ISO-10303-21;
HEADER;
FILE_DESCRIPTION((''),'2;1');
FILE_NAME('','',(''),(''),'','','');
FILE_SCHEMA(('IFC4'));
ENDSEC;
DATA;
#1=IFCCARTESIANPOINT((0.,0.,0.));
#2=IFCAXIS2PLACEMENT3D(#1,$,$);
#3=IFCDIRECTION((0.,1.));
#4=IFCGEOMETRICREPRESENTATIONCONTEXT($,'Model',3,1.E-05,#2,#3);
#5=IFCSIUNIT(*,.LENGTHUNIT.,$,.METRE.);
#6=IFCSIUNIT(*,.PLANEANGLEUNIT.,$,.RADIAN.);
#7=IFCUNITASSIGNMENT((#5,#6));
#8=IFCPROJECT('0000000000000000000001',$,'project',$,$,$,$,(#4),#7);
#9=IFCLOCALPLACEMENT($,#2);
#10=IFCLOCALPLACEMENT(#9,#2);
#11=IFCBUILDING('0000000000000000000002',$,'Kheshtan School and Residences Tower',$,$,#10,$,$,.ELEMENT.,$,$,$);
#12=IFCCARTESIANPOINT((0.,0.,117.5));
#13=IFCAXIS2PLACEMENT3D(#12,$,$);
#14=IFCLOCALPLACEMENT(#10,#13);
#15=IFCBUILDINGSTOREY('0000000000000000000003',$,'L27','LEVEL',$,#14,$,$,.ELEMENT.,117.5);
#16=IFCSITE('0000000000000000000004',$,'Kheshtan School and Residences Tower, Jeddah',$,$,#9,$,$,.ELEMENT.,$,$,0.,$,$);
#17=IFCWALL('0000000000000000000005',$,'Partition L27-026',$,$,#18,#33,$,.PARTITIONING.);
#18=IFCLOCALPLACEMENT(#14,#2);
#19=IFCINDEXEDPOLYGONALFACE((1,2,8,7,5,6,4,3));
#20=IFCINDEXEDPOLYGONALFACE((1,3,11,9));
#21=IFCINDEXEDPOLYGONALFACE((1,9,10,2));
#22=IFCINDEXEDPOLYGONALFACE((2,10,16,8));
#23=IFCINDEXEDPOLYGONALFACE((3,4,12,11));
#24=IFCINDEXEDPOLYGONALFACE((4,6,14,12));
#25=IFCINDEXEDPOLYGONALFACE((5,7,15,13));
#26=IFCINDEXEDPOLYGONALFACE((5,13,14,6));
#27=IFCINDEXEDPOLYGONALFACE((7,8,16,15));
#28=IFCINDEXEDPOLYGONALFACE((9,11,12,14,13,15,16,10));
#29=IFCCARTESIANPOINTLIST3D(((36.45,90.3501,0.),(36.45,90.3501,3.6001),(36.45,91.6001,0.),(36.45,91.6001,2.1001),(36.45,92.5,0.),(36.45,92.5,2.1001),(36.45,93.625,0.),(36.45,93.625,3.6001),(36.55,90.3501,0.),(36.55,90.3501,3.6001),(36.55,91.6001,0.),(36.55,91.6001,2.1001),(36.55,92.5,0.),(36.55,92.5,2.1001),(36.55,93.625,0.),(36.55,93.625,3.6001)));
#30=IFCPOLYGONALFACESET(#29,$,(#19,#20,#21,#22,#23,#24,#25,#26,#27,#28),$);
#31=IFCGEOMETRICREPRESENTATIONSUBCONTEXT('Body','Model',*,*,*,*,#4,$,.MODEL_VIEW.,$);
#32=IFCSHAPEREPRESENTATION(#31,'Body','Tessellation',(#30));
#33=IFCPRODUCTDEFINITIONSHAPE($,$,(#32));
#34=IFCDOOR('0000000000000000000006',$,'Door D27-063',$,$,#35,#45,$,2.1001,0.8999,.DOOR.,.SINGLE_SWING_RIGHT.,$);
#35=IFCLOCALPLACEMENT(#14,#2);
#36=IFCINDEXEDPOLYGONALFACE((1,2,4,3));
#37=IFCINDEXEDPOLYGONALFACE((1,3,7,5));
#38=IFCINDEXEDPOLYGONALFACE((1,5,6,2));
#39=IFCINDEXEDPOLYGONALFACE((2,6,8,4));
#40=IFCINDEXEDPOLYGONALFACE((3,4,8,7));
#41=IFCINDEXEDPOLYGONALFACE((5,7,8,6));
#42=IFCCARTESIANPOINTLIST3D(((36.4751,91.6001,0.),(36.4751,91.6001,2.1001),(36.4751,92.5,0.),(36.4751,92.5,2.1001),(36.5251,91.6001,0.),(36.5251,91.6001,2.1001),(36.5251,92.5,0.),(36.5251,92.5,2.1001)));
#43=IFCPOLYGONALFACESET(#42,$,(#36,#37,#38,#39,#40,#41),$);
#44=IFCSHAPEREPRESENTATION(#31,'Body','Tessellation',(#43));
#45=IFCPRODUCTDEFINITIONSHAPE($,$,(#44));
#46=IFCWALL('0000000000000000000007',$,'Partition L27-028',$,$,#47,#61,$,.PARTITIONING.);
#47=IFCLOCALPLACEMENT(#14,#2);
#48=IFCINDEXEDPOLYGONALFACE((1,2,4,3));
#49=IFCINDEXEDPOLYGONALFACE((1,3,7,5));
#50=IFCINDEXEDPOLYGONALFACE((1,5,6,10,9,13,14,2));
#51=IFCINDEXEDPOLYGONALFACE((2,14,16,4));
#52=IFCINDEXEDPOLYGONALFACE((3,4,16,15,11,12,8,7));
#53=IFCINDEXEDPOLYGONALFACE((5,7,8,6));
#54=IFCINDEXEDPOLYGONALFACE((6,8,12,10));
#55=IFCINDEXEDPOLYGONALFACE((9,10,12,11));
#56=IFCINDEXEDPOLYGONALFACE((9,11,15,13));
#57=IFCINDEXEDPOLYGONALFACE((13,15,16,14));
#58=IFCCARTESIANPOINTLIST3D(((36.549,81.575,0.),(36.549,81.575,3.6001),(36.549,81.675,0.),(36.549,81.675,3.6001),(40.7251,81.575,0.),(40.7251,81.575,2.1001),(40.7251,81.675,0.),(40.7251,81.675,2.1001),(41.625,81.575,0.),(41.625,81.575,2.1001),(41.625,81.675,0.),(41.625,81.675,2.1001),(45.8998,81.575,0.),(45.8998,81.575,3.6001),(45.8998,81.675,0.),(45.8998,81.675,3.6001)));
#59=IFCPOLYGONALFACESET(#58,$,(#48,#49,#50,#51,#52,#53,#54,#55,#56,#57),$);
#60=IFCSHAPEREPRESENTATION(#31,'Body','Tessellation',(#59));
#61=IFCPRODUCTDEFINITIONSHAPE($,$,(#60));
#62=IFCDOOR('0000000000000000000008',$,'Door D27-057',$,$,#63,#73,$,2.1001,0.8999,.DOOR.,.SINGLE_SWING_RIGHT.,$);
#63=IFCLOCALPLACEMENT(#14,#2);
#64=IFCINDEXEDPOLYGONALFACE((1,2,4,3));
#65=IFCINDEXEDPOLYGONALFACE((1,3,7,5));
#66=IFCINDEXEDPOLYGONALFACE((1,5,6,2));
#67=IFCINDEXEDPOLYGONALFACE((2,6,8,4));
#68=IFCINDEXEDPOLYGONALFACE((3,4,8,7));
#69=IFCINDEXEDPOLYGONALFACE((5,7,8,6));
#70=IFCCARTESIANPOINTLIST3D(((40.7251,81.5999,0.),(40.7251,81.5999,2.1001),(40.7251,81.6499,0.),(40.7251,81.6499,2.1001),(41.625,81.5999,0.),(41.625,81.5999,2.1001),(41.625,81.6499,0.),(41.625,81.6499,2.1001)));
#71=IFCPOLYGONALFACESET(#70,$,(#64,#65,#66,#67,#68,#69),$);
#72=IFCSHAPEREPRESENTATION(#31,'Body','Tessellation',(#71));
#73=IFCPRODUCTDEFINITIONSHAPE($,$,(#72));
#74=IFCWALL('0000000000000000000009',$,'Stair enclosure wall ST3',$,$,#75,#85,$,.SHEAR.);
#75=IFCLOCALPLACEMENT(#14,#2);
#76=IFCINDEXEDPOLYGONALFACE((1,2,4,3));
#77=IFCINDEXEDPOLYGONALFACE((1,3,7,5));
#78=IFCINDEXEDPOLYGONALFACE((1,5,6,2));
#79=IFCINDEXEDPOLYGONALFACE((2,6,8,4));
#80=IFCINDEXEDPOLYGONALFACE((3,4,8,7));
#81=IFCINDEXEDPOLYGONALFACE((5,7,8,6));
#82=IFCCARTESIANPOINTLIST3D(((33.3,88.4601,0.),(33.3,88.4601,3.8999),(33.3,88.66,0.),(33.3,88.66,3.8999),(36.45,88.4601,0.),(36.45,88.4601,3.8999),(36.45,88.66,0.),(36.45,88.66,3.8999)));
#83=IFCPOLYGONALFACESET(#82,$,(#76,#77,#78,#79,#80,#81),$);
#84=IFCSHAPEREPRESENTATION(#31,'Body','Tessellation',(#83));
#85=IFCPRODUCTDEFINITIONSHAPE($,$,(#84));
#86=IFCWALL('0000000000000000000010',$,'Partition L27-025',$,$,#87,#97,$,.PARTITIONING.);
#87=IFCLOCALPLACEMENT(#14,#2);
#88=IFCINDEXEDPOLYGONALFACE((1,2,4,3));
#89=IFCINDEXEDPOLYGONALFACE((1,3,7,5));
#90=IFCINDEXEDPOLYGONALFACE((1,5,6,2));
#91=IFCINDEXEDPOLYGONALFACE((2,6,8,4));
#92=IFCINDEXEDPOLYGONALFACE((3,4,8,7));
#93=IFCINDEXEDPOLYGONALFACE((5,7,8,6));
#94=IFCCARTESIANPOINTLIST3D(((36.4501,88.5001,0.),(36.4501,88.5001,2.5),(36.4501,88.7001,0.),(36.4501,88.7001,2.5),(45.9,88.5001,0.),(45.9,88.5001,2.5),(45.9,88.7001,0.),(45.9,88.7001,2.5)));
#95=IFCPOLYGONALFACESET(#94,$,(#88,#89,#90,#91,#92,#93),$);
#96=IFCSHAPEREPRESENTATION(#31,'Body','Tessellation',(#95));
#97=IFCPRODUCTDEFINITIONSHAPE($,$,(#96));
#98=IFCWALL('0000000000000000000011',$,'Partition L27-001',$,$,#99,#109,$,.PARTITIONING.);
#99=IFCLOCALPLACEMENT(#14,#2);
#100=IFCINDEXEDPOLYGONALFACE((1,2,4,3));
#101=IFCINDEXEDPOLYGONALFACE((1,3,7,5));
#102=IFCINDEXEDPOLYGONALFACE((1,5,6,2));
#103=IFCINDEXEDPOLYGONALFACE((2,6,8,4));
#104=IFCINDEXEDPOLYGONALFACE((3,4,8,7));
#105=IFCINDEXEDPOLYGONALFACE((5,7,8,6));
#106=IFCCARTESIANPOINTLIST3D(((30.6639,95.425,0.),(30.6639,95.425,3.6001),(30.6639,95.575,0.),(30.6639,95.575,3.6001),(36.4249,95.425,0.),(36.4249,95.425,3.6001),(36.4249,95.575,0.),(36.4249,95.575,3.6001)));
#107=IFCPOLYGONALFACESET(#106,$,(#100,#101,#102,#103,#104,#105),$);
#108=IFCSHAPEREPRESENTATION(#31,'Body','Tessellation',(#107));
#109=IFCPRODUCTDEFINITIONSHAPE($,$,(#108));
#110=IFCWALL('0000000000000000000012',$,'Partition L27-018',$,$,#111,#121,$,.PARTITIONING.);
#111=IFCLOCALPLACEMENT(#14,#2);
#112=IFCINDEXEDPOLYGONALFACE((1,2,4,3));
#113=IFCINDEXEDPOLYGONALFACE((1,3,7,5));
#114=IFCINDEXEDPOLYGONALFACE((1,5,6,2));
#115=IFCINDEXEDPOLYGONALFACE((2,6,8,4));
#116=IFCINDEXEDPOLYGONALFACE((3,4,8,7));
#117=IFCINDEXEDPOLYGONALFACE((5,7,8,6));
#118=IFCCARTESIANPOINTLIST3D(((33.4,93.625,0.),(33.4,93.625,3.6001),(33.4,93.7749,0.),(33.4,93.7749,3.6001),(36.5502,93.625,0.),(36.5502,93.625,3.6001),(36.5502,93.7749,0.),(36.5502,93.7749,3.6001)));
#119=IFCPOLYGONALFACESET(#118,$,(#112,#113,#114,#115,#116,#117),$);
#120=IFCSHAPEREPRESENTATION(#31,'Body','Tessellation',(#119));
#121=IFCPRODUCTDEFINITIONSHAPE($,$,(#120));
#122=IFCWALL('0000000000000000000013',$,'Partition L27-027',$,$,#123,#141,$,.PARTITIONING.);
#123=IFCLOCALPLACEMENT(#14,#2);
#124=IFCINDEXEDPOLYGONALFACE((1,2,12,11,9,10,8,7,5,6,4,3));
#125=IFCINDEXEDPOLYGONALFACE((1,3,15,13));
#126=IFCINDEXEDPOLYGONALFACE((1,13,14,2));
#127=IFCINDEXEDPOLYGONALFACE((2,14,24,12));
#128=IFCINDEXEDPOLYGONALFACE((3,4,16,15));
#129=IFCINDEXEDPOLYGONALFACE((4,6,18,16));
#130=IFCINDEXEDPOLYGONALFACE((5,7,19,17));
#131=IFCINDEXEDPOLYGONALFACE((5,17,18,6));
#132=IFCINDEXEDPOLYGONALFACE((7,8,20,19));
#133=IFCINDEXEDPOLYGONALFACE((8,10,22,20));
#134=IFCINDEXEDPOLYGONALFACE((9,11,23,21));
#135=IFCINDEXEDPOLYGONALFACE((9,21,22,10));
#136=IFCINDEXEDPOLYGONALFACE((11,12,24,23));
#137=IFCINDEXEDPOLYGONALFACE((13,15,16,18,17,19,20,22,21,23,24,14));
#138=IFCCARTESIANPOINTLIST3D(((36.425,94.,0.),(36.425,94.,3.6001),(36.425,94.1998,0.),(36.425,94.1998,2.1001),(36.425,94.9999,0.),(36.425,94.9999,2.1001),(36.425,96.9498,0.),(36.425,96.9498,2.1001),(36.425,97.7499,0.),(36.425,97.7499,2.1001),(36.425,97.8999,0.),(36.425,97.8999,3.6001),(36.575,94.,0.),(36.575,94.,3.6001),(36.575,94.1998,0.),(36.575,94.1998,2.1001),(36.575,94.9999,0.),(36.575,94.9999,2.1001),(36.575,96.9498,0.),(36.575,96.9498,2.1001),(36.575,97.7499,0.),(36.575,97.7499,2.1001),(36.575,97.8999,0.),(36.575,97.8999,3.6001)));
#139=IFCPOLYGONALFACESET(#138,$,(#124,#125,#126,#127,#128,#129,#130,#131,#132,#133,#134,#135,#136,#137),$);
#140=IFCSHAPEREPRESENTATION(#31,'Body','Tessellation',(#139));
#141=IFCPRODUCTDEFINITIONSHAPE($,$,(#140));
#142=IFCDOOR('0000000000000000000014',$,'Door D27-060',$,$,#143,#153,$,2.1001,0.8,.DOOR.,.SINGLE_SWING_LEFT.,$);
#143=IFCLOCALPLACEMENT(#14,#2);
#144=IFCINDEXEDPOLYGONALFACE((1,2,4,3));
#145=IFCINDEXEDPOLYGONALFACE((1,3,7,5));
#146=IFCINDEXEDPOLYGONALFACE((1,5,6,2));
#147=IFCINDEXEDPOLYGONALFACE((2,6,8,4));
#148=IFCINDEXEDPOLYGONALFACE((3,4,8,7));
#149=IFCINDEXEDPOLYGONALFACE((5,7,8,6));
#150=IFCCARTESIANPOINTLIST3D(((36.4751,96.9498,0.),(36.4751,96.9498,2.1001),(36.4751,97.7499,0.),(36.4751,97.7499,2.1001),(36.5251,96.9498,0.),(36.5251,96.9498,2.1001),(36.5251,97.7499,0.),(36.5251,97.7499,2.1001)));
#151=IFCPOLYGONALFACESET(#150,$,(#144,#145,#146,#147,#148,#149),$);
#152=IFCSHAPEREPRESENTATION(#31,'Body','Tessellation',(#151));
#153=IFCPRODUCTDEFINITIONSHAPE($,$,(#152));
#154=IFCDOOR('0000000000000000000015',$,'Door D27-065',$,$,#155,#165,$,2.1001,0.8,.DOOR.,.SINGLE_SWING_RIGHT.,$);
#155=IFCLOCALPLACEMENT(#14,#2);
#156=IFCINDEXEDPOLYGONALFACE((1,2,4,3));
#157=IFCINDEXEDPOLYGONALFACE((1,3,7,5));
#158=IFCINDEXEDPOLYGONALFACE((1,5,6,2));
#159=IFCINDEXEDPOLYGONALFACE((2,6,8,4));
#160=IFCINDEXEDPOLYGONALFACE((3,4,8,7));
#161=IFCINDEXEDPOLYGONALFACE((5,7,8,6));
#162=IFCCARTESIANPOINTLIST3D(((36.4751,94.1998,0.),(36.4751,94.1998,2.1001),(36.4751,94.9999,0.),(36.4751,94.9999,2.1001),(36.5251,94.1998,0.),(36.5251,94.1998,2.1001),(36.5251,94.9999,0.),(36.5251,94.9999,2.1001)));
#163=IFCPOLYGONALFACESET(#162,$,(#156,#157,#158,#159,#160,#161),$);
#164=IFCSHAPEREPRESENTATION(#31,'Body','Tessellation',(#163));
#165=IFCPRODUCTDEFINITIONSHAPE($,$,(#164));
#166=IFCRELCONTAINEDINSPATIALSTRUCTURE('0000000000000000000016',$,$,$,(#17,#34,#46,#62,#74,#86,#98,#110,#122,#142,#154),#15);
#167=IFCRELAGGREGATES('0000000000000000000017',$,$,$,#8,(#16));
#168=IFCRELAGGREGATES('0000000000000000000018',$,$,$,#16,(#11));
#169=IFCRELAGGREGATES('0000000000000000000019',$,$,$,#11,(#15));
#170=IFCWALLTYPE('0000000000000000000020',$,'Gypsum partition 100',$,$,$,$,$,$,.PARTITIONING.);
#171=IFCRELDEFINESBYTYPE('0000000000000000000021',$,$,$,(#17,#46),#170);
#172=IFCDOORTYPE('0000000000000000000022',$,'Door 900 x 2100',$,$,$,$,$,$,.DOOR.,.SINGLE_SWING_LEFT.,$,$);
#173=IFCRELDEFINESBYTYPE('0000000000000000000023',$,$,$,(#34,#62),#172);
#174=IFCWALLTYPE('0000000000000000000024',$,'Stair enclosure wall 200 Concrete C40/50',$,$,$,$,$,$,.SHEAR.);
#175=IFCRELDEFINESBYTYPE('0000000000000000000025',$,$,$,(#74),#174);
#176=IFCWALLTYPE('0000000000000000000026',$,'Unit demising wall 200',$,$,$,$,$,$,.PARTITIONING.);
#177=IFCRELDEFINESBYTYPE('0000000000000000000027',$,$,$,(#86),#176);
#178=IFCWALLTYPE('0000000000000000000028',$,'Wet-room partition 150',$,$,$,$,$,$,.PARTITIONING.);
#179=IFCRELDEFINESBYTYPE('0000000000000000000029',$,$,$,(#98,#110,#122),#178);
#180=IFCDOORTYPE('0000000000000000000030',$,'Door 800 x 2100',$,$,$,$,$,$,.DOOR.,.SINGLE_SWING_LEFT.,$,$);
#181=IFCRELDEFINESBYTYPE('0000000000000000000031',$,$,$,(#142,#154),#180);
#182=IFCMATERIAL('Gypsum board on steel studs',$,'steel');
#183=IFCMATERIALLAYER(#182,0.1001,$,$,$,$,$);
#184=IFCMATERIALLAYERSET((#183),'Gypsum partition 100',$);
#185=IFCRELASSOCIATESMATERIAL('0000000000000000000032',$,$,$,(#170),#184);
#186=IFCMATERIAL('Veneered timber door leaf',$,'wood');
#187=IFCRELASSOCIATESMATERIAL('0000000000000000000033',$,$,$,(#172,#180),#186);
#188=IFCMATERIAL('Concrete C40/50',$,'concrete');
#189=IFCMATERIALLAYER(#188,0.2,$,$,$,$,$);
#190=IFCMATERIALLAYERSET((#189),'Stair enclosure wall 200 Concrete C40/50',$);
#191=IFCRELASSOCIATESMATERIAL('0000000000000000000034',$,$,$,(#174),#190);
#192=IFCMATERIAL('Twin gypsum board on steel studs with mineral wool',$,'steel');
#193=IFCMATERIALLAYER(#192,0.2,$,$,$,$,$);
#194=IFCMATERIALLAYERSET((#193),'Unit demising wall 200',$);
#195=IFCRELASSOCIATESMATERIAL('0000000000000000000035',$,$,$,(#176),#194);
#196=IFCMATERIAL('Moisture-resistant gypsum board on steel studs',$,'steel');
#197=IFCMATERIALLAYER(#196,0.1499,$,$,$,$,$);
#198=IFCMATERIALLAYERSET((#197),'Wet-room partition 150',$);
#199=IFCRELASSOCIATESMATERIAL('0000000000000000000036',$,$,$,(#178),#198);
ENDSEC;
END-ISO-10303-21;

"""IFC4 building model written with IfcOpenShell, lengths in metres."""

from ifc_helpers import new_model, si_unit, direction, frame, frame_2d, origin, place, context, subcontext, project, spatial, rectangle, extrude, source, transform, mapped, material, layer, layer_set, type_object, element, fill, save


model = new_model("IFC4")

# Units and contexts
model_context = context("Model", 3, precision=1e-05, world=origin(), true_north=direction((0.0, 1.0)))
body_context = subcontext(model_context, "Body", "Model", "MODEL_VIEW")
ifc_project = project(units=[si_unit("LENGTHUNIT", "METRE"), si_unit("PLANEANGLEUNIT", "RADIAN")], contexts=[model_context])

# Site, building, storey
site_placement = place(None, origin())
site = spatial("IfcSite", under=ifc_project, at=site_placement, Name="Kheshtan School and Residences Tower, Jeddah", CompositionType="ELEMENT", RefElevation=0.0)
building_placement = place(site_placement, origin())
building = spatial("IfcBuilding", under=site, at=building_placement, Name="Kheshtan School and Residences Tower", CompositionType="ELEMENT")
storey_placement = place(building_placement, frame((0.0, 0.0, 117.5)))
storey = spatial("IfcBuildingStorey", under=building, at=storey_placement, Name="L27", Description="LEVEL", CompositionType="ELEMENT", Elevation=117.5)

# Shared definitions
ifc_material_1 = material(Name="Gypsum board on steel studs", Category="steel")
ifc_layer_1 = layer(ifc_material_1, 0.1001)
ifc_layer_set_1 = layer_set([ifc_layer_1], Name="Gypsum partition 100")
wall_type_1 = type_object("IfcWallType", Name="Gypsum partition 100", PredefinedType="PARTITIONING", material=ifc_layer_set_1)

# Walls, openings, doors
wall_1_placement = place(storey_placement, frame((36.5, 90.3501, 0.0), z_axis=(0.0, 0.0, 1.0), x_axis=(0.0, 1.0, 0.0)))
wall_1 = element("IfcWall", 1, at=wall_1_placement, inside=storey, type_object=wall_type_1, Name="Partition L27-026", PredefinedType="PARTITIONING", context=body_context, shape_type="SweptSolid", body=[
    extrude(rectangle(XDim=3.2749, YDim=0.1001, at=frame_2d((1.6375, 0.0))), origin(), (0.0, 0.0, 1.0), 3.6001),
])
opening_1_placement = place(wall_1_placement, frame((1.25, 0.0, 0.0)))
opening_1 = element("IfcOpeningElement", 2, at=opening_1_placement, cuts=wall_1, PredefinedType="OPENING", context=body_context, shape_type="SweptSolid", body=[
    extrude(rectangle(XDim=0.8999, YDim=2.1001, at=frame_2d((0.45, 1.05))), frame((0.0, 0.0601, 0.0), z_axis=(0.0, -1.0, 0.0), x_axis=(1.0, 0.0, 0.0)), (0.0, 0.0, 1.0), 0.1201),
])
ifc_material_2 = material(Name="Veneered timber door leaf", Category="wood")
door_type_1 = type_object("IfcDoorType", Name="Door 900 x 2100", OperationType="SINGLE_SWING_LEFT", PredefinedType="DOOR", material=ifc_material_2)
shared_shape_1 = source(origin(), body_context, "Body", "SweptSolid", [
    extrude(rectangle(XDim=0.8999, YDim=2.1001, at=frame_2d((0.45, 1.05))), frame((0.0, 0.0249, 0.0), z_axis=(0.0, -1.0, 0.0), x_axis=(1.0, 0.0, 0.0)), (0.0, 0.0, 1.0), 0.05),
])
door_1_placement = place(opening_1_placement, origin())
door_1 = element("IfcDoor", 3, at=door_1_placement, inside=storey, type_object=door_type_1, Name="Door D27-063", OperationType="SINGLE_SWING_RIGHT", OverallHeight=2.1001, OverallWidth=0.8999, PredefinedType="DOOR", context=body_context, shape_type="MappedRepresentation", body=[
    mapped(shared_shape_1, transform((0.0, 0.0, 0.0), x_axis=(1.0, 0.0, 0.0), y_axis=(0.0, 1.0, 0.0), z_axis=(0.0, 0.0, 1.0), scale=1.0)),
])
fill(opening_1, door_1)
wall_2_placement = place(storey_placement, frame((36.5491, 81.625, 0.0), z_axis=(0.0, 0.0, 1.0), x_axis=(1.0, 0.0, 0.0)))
wall_2 = element("IfcWall", 4, at=wall_2_placement, inside=storey, type_object=wall_type_1, Name="Partition L27-028", PredefinedType="PARTITIONING", context=body_context, shape_type="SweptSolid", body=[
    extrude(rectangle(XDim=9.3508, YDim=0.1001, at=frame_2d((4.6753, 0.0))), origin(), (0.0, 0.0, 1.0), 3.6001),
])
opening_2_placement = place(wall_2_placement, frame((4.176, 0.0, 0.0)))
opening_2 = element("IfcOpeningElement", 5, at=opening_2_placement, cuts=wall_2, PredefinedType="OPENING", context=body_context, shape_type="SweptSolid", body=[
    extrude(rectangle(XDim=0.8999, YDim=2.1001, at=frame_2d((0.45, 1.05))), frame((0.0, 0.0601, 0.0), z_axis=(0.0, -1.0, 0.0), x_axis=(1.0, 0.0, 0.0)), (0.0, 0.0, 1.0), 0.1201),
])
door_2_placement = place(opening_2_placement, origin())
door_2 = element("IfcDoor", 6, at=door_2_placement, inside=storey, type_object=door_type_1, Name="Door D27-057", OperationType="SINGLE_SWING_RIGHT", OverallHeight=2.1001, OverallWidth=0.8999, PredefinedType="DOOR", context=body_context, shape_type="MappedRepresentation", body=[
    mapped(shared_shape_1, transform((0.0, 0.0, 0.0), x_axis=(1.0, 0.0, 0.0), y_axis=(0.0, 1.0, 0.0), z_axis=(0.0, 0.0, 1.0), scale=1.0)),
])
fill(opening_2, door_2)

# Walls
ifc_material_3 = material(Name="Concrete C40/50", Category="concrete")
ifc_layer_2 = layer(ifc_material_3, 0.2)
ifc_layer_set_2 = layer_set([ifc_layer_2], Name="Stair enclosure wall 200 Concrete C40/50")
wall_type_2 = type_object("IfcWallType", Name="Stair enclosure wall 200 Concrete C40/50", PredefinedType="SHEAR", material=ifc_layer_set_2)
wall_3_placement = place(storey_placement, frame((33.3, 88.5601, 0.0), z_axis=(0.0, 0.0, 1.0), x_axis=(1.0, 0.0, 0.0)))
element("IfcWall", 7, at=wall_3_placement, inside=storey, type_object=wall_type_2, Name="Stair enclosure wall ST3", PredefinedType="SHEAR", context=body_context, shape_type="SweptSolid", body=[
    extrude(rectangle(XDim=3.1499, YDim=0.2, at=frame_2d((1.575, 0.0))), origin(), (0.0, 0.0, 1.0), 3.8999),
])
ifc_material_4 = material(Name="Twin gypsum board on steel studs with mineral wool", Category="steel")
ifc_layer_3 = layer(ifc_material_4, 0.2)
ifc_layer_set_3 = layer_set([ifc_layer_3], Name="Unit demising wall 200")
wall_type_3 = type_object("IfcWallType", Name="Unit demising wall 200", PredefinedType="PARTITIONING", material=ifc_layer_set_3)
wall_4_placement = place(storey_placement, frame((36.45, 88.6001, 0.0), z_axis=(0.0, 0.0, 1.0), x_axis=(1.0, 0.0, 0.0)))
element("IfcWall", 8, at=wall_4_placement, inside=storey, type_object=wall_type_3, Name="Partition L27-025", PredefinedType="PARTITIONING", context=body_context, shape_type="SweptSolid", body=[
    extrude(rectangle(XDim=9.45, YDim=0.2, at=frame_2d((4.7251, 0.0))), origin(), (0.0, 0.0, 1.0), 2.5),
])
ifc_material_5 = material(Name="Moisture-resistant gypsum board on steel studs", Category="steel")
ifc_layer_4 = layer(ifc_material_5, 0.1499)
ifc_layer_set_4 = layer_set([ifc_layer_4], Name="Wet-room partition 150")
wall_type_4 = type_object("IfcWallType", Name="Wet-room partition 150", PredefinedType="PARTITIONING", material=ifc_layer_set_4)
wall_5_placement = place(storey_placement, frame((30.6641, 95.5, 0.0), z_axis=(0.0, 0.0, 1.0), x_axis=(1.0, 0.0, 0.0)))
element("IfcWall", 9, at=wall_5_placement, inside=storey, type_object=wall_type_4, Name="Partition L27-001", PredefinedType="PARTITIONING", context=body_context, shape_type="SweptSolid", body=[
    extrude(rectangle(XDim=5.761, YDim=0.1499, at=frame_2d((2.8804, 0.0))), origin(), (0.0, 0.0, 1.0), 3.6001),
])
wall_6_placement = place(storey_placement, frame((33.3999, 93.7, 0.0), z_axis=(0.0, 0.0, 1.0), x_axis=(1.0, 0.0, 0.0)))
element("IfcWall", 10, at=wall_6_placement, inside=storey, type_object=wall_type_4, Name="Partition L27-018", PredefinedType="PARTITIONING", context=body_context, shape_type="SweptSolid", body=[
    extrude(rectangle(XDim=3.1501, YDim=0.1499, at=frame_2d((1.5752, 0.0))), origin(), (0.0, 0.0, 1.0), 3.6001),
])

# Wall, openings, doors
wall_7_placement = place(storey_placement, frame((36.5, 94.0, 0.0), z_axis=(0.0, 0.0, 1.0), x_axis=(0.0, 1.0, 0.0)))
wall_7 = element("IfcWall", 11, at=wall_7_placement, inside=storey, type_object=wall_type_4, Name="Partition L27-027", PredefinedType="PARTITIONING", context=body_context, shape_type="SweptSolid", body=[
    extrude(rectangle(XDim=3.8999, YDim=0.1499, at=frame_2d((1.95, 0.0))), origin(), (0.0, 0.0, 1.0), 3.6001),
])
opening_3_placement = place(wall_7_placement, frame((2.95, 0.0, 0.0)))
opening_3 = element("IfcOpeningElement", 12, at=opening_3_placement, cuts=wall_7, PredefinedType="OPENING", context=body_context, shape_type="SweptSolid", body=[
    extrude(rectangle(XDim=0.8, YDim=2.1001, at=frame_2d((0.3999, 1.05))), frame((0.0, 0.085, 0.0), z_axis=(0.0, -1.0, 0.0), x_axis=(1.0, 0.0, 0.0)), (0.0, 0.0, 1.0), 0.1699),
])
opening_4_placement = place(wall_7_placement, frame((0.2, 0.0, 0.0)))
opening_4 = element("IfcOpeningElement", 13, at=opening_4_placement, cuts=wall_7, PredefinedType="OPENING", context=body_context, shape_type="SweptSolid", body=[
    extrude(rectangle(XDim=0.8, YDim=2.1001, at=frame_2d((0.3999, 1.05))), frame((0.0, 0.085, 0.0), z_axis=(0.0, -1.0, 0.0), x_axis=(1.0, 0.0, 0.0)), (0.0, 0.0, 1.0), 0.1699),
])
door_type_2 = type_object("IfcDoorType", Name="Door 800 x 2100", OperationType="SINGLE_SWING_LEFT", PredefinedType="DOOR", material=ifc_material_2)
shared_shape_2 = source(origin(), body_context, "Body", "SweptSolid", [
    extrude(rectangle(XDim=0.8, YDim=2.1001, at=frame_2d((0.3999, 1.05))), frame((0.0, 0.0249, 0.0), z_axis=(0.0, -1.0, 0.0), x_axis=(1.0, 0.0, 0.0)), (0.0, 0.0, 1.0), 0.05),
])
door_3_placement = place(opening_3_placement, origin())
door_3 = element("IfcDoor", 14, at=door_3_placement, inside=storey, type_object=door_type_2, Name="Door D27-060", OperationType="SINGLE_SWING_LEFT", OverallHeight=2.1001, OverallWidth=0.8, PredefinedType="DOOR", context=body_context, shape_type="MappedRepresentation", body=[
    mapped(shared_shape_2, transform((0.0, 0.0, 0.0), x_axis=(1.0, 0.0, 0.0), y_axis=(0.0, 1.0, 0.0), z_axis=(0.0, 0.0, 1.0), scale=1.0)),
])
fill(opening_3, door_3)
door_4_placement = place(opening_4_placement, origin())
door_4 = element("IfcDoor", 15, at=door_4_placement, inside=storey, type_object=door_type_2, Name="Door D27-065", OperationType="SINGLE_SWING_RIGHT", OverallHeight=2.1001, OverallWidth=0.8, PredefinedType="DOOR", context=body_context, shape_type="MappedRepresentation", body=[
    mapped(shared_shape_2, transform((0.0, 0.0, 0.0), x_axis=(1.0, 0.0, 0.0), y_axis=(0.0, 1.0, 0.0), z_axis=(0.0, 0.0, 1.0), scale=1.0)),
])
fill(opening_4, door_4)

save(model, "model.ifc")
